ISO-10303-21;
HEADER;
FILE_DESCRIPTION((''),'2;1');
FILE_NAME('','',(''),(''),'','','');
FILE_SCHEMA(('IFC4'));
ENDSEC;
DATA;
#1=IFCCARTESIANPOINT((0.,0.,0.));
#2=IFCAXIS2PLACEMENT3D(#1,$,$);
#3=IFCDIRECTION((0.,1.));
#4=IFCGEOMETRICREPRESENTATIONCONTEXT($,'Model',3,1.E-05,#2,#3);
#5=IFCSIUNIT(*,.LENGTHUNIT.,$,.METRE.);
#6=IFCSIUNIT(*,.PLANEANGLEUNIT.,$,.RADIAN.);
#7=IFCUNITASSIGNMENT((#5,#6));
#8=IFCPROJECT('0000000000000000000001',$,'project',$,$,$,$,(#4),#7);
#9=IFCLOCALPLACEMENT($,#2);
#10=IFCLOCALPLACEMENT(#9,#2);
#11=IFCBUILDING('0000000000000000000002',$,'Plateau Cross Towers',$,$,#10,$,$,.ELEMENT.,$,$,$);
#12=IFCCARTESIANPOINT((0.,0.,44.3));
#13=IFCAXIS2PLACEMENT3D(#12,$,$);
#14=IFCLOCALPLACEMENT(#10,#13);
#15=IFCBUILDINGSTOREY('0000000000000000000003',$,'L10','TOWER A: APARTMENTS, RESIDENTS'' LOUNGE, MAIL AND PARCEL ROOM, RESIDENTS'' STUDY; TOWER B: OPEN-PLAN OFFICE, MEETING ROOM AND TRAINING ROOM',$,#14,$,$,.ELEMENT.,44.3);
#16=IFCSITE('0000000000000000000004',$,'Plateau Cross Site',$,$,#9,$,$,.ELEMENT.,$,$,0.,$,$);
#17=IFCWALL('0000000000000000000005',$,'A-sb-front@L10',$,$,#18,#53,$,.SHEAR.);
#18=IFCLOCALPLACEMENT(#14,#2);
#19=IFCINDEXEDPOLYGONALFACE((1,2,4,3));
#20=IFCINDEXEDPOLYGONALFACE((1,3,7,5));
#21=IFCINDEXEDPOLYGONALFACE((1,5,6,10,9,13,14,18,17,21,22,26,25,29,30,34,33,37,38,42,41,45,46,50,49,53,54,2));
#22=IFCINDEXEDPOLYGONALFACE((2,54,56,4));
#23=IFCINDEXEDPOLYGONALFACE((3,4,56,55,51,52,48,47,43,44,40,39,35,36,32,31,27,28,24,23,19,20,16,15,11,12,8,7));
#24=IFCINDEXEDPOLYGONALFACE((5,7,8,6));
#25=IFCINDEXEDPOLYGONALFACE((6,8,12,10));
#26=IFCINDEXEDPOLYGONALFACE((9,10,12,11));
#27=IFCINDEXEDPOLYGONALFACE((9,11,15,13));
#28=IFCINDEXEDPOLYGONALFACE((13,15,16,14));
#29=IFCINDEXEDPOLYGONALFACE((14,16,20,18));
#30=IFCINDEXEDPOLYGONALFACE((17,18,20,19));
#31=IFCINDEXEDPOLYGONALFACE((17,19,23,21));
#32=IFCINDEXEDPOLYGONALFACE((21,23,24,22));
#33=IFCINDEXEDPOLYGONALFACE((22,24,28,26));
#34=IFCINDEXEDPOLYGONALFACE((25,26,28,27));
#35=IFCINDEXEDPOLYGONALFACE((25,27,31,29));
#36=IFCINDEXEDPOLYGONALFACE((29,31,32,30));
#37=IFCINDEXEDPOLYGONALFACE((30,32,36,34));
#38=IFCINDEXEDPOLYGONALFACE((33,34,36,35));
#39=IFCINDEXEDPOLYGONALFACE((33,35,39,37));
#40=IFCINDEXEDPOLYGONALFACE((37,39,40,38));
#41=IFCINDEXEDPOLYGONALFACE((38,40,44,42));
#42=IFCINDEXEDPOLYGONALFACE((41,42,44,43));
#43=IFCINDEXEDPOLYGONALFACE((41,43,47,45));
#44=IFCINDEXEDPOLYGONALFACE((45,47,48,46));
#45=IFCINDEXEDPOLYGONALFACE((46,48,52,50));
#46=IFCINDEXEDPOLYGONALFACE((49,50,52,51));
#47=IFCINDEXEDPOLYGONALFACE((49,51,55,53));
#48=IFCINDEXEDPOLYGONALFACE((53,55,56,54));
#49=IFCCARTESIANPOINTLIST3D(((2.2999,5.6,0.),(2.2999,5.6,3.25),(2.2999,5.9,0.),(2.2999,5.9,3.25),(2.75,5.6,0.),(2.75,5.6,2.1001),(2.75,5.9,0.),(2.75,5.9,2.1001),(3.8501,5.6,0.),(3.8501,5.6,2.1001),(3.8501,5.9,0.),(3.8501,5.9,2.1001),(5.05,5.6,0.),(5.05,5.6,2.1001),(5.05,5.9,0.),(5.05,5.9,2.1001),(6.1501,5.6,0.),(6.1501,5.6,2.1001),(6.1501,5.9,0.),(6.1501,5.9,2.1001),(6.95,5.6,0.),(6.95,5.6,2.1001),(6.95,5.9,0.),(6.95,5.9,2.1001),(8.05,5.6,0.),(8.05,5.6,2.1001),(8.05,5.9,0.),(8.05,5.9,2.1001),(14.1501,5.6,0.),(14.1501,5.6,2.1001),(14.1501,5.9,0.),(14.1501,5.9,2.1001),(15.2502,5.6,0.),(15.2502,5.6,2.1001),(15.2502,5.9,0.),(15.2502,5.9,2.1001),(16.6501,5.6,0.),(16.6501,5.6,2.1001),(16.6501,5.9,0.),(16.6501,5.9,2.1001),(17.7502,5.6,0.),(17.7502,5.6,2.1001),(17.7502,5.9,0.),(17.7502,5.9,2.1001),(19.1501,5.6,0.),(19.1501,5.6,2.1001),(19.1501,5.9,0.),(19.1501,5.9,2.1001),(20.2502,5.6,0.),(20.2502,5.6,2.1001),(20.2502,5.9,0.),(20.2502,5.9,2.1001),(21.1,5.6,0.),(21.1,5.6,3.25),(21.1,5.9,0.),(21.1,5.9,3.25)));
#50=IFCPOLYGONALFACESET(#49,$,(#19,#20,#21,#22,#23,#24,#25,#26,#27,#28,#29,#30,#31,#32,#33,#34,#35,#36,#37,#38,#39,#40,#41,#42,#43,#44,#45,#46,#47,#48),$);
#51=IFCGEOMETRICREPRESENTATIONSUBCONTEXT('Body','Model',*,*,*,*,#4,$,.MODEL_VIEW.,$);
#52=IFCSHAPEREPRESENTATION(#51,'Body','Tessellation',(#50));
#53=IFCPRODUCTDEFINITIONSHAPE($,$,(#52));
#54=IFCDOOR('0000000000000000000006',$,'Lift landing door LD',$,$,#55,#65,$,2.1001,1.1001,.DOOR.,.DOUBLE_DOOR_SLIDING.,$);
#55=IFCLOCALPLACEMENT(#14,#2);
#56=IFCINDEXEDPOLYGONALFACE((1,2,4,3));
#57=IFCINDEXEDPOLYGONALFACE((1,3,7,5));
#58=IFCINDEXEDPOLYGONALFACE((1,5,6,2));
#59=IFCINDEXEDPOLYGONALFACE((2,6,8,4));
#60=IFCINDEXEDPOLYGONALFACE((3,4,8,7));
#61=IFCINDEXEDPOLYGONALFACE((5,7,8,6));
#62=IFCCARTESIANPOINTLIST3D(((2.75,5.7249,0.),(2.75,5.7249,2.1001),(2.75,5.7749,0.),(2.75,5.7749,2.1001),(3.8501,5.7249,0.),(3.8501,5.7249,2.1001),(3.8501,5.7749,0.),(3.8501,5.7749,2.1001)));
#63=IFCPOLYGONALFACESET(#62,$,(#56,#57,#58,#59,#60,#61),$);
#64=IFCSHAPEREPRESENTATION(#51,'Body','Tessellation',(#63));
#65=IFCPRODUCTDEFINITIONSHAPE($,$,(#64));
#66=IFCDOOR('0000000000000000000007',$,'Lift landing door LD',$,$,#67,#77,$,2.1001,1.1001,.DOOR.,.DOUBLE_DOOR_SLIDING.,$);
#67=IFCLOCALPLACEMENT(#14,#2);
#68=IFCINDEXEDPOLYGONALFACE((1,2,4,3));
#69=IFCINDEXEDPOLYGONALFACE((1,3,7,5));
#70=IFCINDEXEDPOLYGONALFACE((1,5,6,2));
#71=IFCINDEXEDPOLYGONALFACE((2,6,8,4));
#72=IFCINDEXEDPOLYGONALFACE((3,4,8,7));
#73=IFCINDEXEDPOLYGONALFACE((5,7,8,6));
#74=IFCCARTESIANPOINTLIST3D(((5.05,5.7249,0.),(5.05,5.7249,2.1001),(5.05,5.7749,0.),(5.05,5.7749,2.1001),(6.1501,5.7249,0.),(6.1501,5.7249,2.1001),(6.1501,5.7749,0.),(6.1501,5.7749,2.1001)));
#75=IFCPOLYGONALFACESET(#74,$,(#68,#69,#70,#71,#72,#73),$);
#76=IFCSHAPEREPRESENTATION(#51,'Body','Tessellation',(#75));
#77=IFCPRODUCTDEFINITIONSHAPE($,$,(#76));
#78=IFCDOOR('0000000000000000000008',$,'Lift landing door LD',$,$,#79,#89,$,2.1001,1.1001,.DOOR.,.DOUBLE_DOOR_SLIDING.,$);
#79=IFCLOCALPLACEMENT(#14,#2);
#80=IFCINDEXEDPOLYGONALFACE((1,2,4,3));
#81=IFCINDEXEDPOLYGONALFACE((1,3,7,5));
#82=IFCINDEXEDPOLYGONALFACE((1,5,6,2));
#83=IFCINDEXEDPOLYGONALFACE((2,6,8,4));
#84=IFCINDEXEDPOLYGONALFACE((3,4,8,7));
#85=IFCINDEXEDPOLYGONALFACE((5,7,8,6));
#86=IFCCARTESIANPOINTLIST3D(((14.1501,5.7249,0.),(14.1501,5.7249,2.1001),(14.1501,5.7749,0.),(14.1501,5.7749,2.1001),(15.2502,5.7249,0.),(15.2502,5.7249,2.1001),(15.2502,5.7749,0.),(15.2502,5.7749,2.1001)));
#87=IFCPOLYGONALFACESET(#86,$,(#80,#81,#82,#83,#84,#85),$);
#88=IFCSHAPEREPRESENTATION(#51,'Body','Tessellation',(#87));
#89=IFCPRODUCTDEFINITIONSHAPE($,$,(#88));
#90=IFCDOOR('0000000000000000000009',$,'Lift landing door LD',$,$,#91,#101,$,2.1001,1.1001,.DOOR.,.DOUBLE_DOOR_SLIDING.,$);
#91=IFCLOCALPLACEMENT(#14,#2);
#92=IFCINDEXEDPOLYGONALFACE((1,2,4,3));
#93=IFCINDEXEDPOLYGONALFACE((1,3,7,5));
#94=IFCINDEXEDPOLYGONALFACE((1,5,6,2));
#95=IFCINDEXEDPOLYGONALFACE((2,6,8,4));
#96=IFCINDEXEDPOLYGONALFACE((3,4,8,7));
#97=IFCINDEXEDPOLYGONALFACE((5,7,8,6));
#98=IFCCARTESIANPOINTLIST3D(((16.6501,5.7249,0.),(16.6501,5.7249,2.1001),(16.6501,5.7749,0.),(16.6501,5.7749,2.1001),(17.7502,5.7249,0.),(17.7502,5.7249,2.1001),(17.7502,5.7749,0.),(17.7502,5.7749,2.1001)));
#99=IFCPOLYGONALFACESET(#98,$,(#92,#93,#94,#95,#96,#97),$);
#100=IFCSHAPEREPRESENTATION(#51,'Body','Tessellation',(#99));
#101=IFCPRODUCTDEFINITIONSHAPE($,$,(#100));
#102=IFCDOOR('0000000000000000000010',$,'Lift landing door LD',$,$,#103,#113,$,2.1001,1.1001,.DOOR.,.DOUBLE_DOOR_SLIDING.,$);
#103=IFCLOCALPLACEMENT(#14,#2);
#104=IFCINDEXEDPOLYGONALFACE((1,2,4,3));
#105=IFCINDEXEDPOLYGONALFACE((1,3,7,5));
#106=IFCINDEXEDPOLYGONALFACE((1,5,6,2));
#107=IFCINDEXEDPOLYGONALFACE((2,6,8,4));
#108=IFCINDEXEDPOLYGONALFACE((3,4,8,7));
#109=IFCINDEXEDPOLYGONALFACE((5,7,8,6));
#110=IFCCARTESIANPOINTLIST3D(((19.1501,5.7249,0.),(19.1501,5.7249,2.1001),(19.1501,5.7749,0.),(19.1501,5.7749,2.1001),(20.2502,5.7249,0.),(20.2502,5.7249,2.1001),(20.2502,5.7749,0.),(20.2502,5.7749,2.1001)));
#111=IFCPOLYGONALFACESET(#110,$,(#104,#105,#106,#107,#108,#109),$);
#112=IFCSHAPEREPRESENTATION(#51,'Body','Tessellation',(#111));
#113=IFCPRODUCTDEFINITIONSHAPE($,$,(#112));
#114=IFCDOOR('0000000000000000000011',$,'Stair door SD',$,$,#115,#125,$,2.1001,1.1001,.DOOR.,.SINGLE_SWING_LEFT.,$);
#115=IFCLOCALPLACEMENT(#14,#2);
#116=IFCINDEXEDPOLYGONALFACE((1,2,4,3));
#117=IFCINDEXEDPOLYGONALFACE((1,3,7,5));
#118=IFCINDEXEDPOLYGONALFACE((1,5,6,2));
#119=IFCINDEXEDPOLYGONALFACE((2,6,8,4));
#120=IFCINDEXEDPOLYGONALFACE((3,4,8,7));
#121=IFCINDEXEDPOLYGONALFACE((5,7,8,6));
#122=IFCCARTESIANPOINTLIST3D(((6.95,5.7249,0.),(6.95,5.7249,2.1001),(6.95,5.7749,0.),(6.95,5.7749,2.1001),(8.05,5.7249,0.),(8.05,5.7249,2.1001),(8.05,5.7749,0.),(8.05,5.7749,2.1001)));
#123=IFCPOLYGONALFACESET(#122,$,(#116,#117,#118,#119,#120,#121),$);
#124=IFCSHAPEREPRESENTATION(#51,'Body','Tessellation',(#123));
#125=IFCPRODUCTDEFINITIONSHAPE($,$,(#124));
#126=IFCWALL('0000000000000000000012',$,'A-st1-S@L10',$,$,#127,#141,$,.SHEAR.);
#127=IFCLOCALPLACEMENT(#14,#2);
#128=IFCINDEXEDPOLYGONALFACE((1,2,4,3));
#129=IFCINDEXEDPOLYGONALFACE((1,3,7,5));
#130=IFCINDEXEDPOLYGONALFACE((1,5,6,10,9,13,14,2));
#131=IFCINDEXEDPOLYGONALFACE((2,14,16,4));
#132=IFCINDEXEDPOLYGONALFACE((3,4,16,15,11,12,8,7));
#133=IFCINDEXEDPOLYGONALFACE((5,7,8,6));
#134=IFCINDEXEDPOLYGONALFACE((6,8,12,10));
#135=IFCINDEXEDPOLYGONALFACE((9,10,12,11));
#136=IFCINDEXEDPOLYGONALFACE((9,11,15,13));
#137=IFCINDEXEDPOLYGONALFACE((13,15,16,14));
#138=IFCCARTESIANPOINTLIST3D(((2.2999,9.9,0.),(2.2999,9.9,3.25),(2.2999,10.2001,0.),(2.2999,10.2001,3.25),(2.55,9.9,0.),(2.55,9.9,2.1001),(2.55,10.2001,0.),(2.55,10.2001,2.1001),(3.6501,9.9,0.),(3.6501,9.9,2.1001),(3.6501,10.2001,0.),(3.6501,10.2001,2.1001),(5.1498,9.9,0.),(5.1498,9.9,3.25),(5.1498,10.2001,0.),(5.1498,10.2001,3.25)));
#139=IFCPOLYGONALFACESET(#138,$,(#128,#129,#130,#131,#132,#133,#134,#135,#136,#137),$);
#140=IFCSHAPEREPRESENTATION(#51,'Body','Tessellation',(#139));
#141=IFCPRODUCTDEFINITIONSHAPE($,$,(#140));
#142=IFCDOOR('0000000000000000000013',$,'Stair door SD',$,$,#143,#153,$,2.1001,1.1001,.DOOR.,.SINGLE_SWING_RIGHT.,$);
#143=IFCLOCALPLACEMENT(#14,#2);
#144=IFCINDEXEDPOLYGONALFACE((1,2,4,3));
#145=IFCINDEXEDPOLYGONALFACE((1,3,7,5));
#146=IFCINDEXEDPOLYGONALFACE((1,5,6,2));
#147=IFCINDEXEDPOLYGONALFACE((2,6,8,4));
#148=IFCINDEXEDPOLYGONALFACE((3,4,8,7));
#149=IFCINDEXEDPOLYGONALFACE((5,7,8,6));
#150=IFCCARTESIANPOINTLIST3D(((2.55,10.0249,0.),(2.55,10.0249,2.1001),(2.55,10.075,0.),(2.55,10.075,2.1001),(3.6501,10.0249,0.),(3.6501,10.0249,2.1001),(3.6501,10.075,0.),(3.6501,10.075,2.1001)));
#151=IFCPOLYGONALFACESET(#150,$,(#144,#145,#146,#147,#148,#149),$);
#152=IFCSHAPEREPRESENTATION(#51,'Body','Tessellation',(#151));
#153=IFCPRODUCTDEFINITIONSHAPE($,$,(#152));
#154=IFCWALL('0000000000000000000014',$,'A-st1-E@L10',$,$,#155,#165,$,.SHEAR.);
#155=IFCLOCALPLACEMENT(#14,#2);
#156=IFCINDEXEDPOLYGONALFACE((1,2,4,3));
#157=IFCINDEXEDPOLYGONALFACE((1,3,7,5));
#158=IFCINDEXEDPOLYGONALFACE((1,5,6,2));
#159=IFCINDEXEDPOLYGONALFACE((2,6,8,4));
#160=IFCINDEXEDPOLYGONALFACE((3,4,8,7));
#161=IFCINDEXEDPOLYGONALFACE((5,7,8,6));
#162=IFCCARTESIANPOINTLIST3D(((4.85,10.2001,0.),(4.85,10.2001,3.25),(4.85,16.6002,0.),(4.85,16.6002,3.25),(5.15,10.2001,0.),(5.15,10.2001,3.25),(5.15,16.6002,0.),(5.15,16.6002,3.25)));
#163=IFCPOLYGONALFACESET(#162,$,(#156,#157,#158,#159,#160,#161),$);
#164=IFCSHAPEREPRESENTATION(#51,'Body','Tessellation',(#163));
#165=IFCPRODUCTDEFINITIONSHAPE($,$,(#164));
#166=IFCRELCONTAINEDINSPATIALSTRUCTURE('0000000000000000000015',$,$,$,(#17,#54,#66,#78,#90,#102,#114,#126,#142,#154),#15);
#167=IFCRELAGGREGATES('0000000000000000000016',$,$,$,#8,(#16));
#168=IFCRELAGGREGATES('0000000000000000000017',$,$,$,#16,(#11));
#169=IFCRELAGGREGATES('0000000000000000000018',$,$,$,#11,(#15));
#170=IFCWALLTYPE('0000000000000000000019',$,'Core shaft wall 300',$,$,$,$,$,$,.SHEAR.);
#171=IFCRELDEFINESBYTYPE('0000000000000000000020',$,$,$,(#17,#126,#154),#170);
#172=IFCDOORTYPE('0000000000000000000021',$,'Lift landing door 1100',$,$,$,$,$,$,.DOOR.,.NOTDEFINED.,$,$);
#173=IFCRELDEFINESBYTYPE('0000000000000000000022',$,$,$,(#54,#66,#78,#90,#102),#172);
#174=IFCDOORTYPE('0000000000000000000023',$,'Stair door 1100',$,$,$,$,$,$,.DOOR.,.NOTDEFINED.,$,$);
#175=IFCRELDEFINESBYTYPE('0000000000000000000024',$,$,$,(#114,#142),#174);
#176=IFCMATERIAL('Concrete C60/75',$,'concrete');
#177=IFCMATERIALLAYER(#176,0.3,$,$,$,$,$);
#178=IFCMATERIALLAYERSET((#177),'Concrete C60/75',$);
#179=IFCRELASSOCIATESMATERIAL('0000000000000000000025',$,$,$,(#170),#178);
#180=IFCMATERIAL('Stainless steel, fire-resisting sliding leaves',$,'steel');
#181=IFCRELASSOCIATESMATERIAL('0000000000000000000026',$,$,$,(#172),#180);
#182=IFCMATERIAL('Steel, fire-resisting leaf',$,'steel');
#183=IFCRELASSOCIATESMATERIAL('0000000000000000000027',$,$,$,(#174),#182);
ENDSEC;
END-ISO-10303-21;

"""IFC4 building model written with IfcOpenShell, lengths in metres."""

from ifc_helpers import new_model, si_unit, direction, frame, frame_2d, origin, place, context, subcontext, project, spatial, rectangle, extrude, material, layer, layer_set, type_object, element, fill, save


model = new_model("IFC4")

# Units and contexts
model_context = context("Model", 3, precision=1e-05, world=origin(), true_north=direction((0.0, 1.0)))
body_context = subcontext(model_context, "Body", "Model", "MODEL_VIEW")
ifc_project = project(units=[si_unit("LENGTHUNIT", "METRE"), si_unit("PLANEANGLEUNIT", "RADIAN")], contexts=[model_context])

# Site, building, storey
site_placement = place(None, origin())
site = spatial("IfcSite", under=ifc_project, at=site_placement, Name="Plateau Cross Site", CompositionType="ELEMENT", RefElevation=0.0)
building_placement = place(site_placement, origin())
building = spatial("IfcBuilding", under=site, at=building_placement, Name="Plateau Cross Towers", CompositionType="ELEMENT")
storey_placement = place(building_placement, frame((0.0, 0.0, 44.3)))
storey = spatial("IfcBuildingStorey", under=building, at=storey_placement, Name="L10", Description="TOWER A: APARTMENTS, RESIDENTS' LOUNGE, MAIL AND PARCEL ROOM, RESIDENTS' STUDY; TOWER B: OPEN-PLAN OFFICE, MEETING ROOM AND TRAINING ROOM", CompositionType="ELEMENT", Elevation=44.3)

# Shared definitions
ifc_material_1 = material(Name="Steel, fire-resisting leaf", Category="steel")

# Shared definitions
ifc_material_2 = material(Name="Concrete C60/75", Category="concrete")
ifc_layer_1 = layer(ifc_material_2, 0.3)
ifc_layer_set_1 = layer_set([ifc_layer_1], Name="Concrete C60/75")
wall_type_1 = type_object("IfcWallType", Name="Core shaft wall 300", PredefinedType="SHEAR", material=ifc_layer_set_1)

# Wall, openings, doors
wall_1_placement = place(storey_placement, frame((2.3, 5.75, 0.0), z_axis=(0.0, 0.0, 1.0), x_axis=(1.0, 0.0, 0.0)))
wall_1 = element("IfcWall", 1, at=wall_1_placement, inside=storey, type_object=wall_type_1, Name="A-sb-front@L10", PredefinedType="SHEAR", context=body_context, shape_type="SweptSolid", body=[
    extrude(rectangle(XDim=18.8, YDim=0.3, at=frame_2d((9.3999, 0.0))), origin(), (0.0, 0.0, 1.0), 3.25),
])
opening_1_placement = place(wall_1_placement, frame((4.6499, 0.0, 0.0)))
opening_1 = element("IfcOpeningElement", 2, at=opening_1_placement, cuts=wall_1, PredefinedType="OPENING", context=body_context, shape_type="SweptSolid", body=[
    extrude(rectangle(XDim=1.1001, YDim=2.1001, at=frame_2d((0.55, 1.05))), frame((0.0, 0.1599, 0.0), z_axis=(0.0, -1.0, 0.0), x_axis=(1.0, 0.0, 0.0)), (0.0, 0.0, 1.0), 0.3201),
])
opening_2_placement = place(wall_1_placement, frame((0.45, 0.0, 0.0)))
opening_2 = element("IfcOpeningElement", 3, at=opening_2_placement, cuts=wall_1, PredefinedType="OPENING", context=body_context, shape_type="SweptSolid", body=[
    extrude(rectangle(XDim=1.1001, YDim=2.1001, at=frame_2d((0.55, 1.05))), frame((0.0, 0.1599, 0.0), z_axis=(0.0, -1.0, 0.0), x_axis=(1.0, 0.0, 0.0)), (0.0, 0.0, 1.0), 0.3201),
])
opening_3_placement = place(wall_1_placement, frame((2.75, 0.0, 0.0)))
opening_3 = element("IfcOpeningElement", 4, at=opening_3_placement, cuts=wall_1, PredefinedType="OPENING", context=body_context, shape_type="SweptSolid", body=[
    extrude(rectangle(XDim=1.1001, YDim=2.1001, at=frame_2d((0.55, 1.05))), frame((0.0, 0.1599, 0.0), z_axis=(0.0, -1.0, 0.0), x_axis=(1.0, 0.0, 0.0)), (0.0, 0.0, 1.0), 0.3201),
])
opening_4_placement = place(wall_1_placement, frame((11.8501, 0.0, 0.0)))
opening_4 = element("IfcOpeningElement", 5, at=opening_4_placement, cuts=wall_1, PredefinedType="OPENING", context=body_context, shape_type="SweptSolid", body=[
    extrude(rectangle(XDim=1.1001, YDim=2.1001, at=frame_2d((0.55, 1.05))), frame((0.0, 0.1599, 0.0), z_axis=(0.0, -1.0, 0.0), x_axis=(1.0, 0.0, 0.0)), (0.0, 0.0, 1.0), 0.3201),
])
opening_5_placement = place(wall_1_placement, frame((14.3501, 0.0, 0.0)))
opening_5 = element("IfcOpeningElement", 6, at=opening_5_placement, cuts=wall_1, PredefinedType="OPENING", context=body_context, shape_type="SweptSolid", body=[
    extrude(rectangle(XDim=1.1001, YDim=2.1001, at=frame_2d((0.55, 1.05))), frame((0.0, 0.1599, 0.0), z_axis=(0.0, -1.0, 0.0), x_axis=(1.0, 0.0, 0.0)), (0.0, 0.0, 1.0), 0.3201),
])
opening_6_placement = place(wall_1_placement, frame((16.8501, 0.0, 0.0)))
opening_6 = element("IfcOpeningElement", 7, at=opening_6_placement, cuts=wall_1, PredefinedType="OPENING", context=body_context, shape_type="SweptSolid", body=[
    extrude(rectangle(XDim=1.1001, YDim=2.1001, at=frame_2d((0.55, 1.05))), frame((0.0, 0.1599, 0.0), z_axis=(0.0, -1.0, 0.0), x_axis=(1.0, 0.0, 0.0)), (0.0, 0.0, 1.0), 0.3201),
])
ifc_material_3 = material(Name="Stainless steel, fire-resisting sliding leaves", Category="steel")
door_type_1 = type_object("IfcDoorType", Name="Lift landing door 1100", OperationType="NOTDEFINED", PredefinedType="DOOR", material=ifc_material_3)
door_1_placement = place(opening_2_placement, origin())
door_1 = element("IfcDoor", 8, at=door_1_placement, inside=storey, type_object=door_type_1, Name="Lift landing door LD", OperationType="DOUBLE_DOOR_SLIDING", OverallHeight=2.1001, OverallWidth=1.1001, PredefinedType="DOOR", context=body_context, shape_type="SweptSolid", body=[
    extrude(rectangle(XDim=1.1001, YDim=2.1001, at=frame_2d((0.55, 1.05))), frame((0.0, 0.0249, 0.0), z_axis=(0.0, -1.0, 0.0), x_axis=(1.0, 0.0, 0.0)), (0.0, 0.0, 1.0), 0.05),
])
fill(opening_2, door_1)
door_2_placement = place(opening_3_placement, origin())
door_2 = element("IfcDoor", 9, at=door_2_placement, inside=storey, type_object=door_type_1, Name="Lift landing door LD", OperationType="DOUBLE_DOOR_SLIDING", OverallHeight=2.1001, OverallWidth=1.1001, PredefinedType="DOOR", context=body_context, shape_type="SweptSolid", body=[
    extrude(rectangle(XDim=1.1001, YDim=2.1001, at=frame_2d((0.55, 1.05))), frame((0.0, 0.0249, 0.0), z_axis=(0.0, -1.0, 0.0), x_axis=(1.0, 0.0, 0.0)), (0.0, 0.0, 1.0), 0.05),
])
fill(opening_3, door_2)
door_3_placement = place(opening_4_placement, origin())
door_3 = element("IfcDoor", 10, at=door_3_placement, inside=storey, type_object=door_type_1, Name="Lift landing door LD", OperationType="DOUBLE_DOOR_SLIDING", OverallHeight=2.1001, OverallWidth=1.1001, PredefinedType="DOOR", context=body_context, shape_type="SweptSolid", body=[
    extrude(rectangle(XDim=1.1001, YDim=2.1001, at=frame_2d((0.55, 1.05))), frame((0.0, 0.0249, 0.0), z_axis=(0.0, -1.0, 0.0), x_axis=(1.0, 0.0, 0.0)), (0.0, 0.0, 1.0), 0.05),
])
fill(opening_4, door_3)
door_4_placement = place(opening_5_placement, origin())
door_4 = element("IfcDoor", 11, at=door_4_placement, inside=storey, type_object=door_type_1, Name="Lift landing door LD", OperationType="DOUBLE_DOOR_SLIDING", OverallHeight=2.1001, OverallWidth=1.1001, PredefinedType="DOOR", context=body_context, shape_type="SweptSolid", body=[
    extrude(rectangle(XDim=1.1001, YDim=2.1001, at=frame_2d((0.55, 1.05))), frame((0.0, 0.0249, 0.0), z_axis=(0.0, -1.0, 0.0), x_axis=(1.0, 0.0, 0.0)), (0.0, 0.0, 1.0), 0.05),
])
fill(opening_5, door_4)
door_5_placement = place(opening_6_placement, origin())
door_5 = element("IfcDoor", 12, at=door_5_placement, inside=storey, type_object=door_type_1, Name="Lift landing door LD", OperationType="DOUBLE_DOOR_SLIDING", OverallHeight=2.1001, OverallWidth=1.1001, PredefinedType="DOOR", context=body_context, shape_type="SweptSolid", body=[
    extrude(rectangle(XDim=1.1001, YDim=2.1001, at=frame_2d((0.55, 1.05))), frame((0.0, 0.0249, 0.0), z_axis=(0.0, -1.0, 0.0), x_axis=(1.0, 0.0, 0.0)), (0.0, 0.0, 1.0), 0.05),
])
fill(opening_6, door_5)
door_type_2 = type_object("IfcDoorType", Name="Stair door 1100", OperationType="NOTDEFINED", PredefinedType="DOOR", material=ifc_material_1)
door_6_placement = place(opening_1_placement, origin())
door_6 = element("IfcDoor", 13, at=door_6_placement, inside=storey, type_object=door_type_2, Name="Stair door SD", OperationType="SINGLE_SWING_LEFT", OverallHeight=2.1001, OverallWidth=1.1001, PredefinedType="DOOR", context=body_context, shape_type="SweptSolid", body=[
    extrude(rectangle(XDim=1.1001, YDim=2.1001, at=frame_2d((0.55, 1.05))), frame((0.0, 0.0249, 0.0), z_axis=(0.0, -1.0, 0.0), x_axis=(1.0, 0.0, 0.0)), (0.0, 0.0, 1.0), 0.05),
])
fill(opening_1, door_6)

# Wall, opening, door
wall_2_placement = place(storey_placement, frame((2.3, 10.05, 0.0), z_axis=(0.0, 0.0, 1.0), x_axis=(1.0, 0.0, 0.0)))
wall_2 = element("IfcWall", 14, at=wall_2_placement, inside=storey, type_object=wall_type_1, Name="A-st1-S@L10", PredefinedType="SHEAR", context=body_context, shape_type="SweptSolid", body=[
    extrude(rectangle(XDim=2.8499, YDim=0.3, at=frame_2d((1.4248, 0.0))), origin(), (0.0, 0.0, 1.0), 3.25),
])
opening_7_placement = place(wall_2_placement, frame((0.25, 0.0, 0.0)))
opening_7 = element("IfcOpeningElement", 15, at=opening_7_placement, cuts=wall_2, PredefinedType="OPENING", context=body_context, shape_type="SweptSolid", body=[
    extrude(rectangle(XDim=1.1001, YDim=2.1001, at=frame_2d((0.55, 1.05))), frame((0.0, 0.1599, 0.0), z_axis=(0.0, -1.0, 0.0), x_axis=(1.0, 0.0, 0.0)), (0.0, 0.0, 1.0), 0.3201),
])
door_7_placement = place(opening_7_placement, origin())
door_7 = element("IfcDoor", 16, at=door_7_placement, inside=storey, type_object=door_type_2, Name="Stair door SD", OperationType="SINGLE_SWING_RIGHT", OverallHeight=2.1001, OverallWidth=1.1001, PredefinedType="DOOR", context=body_context, shape_type="SweptSolid", body=[
    extrude(rectangle(XDim=1.1001, YDim=2.1001, at=frame_2d((0.55, 1.05))), frame((0.0, 0.0249, 0.0), z_axis=(0.0, -1.0, 0.0), x_axis=(1.0, 0.0, 0.0)), (0.0, 0.0, 1.0), 0.05),
])
fill(opening_7, door_7)

# Wall
wall_3_placement = place(storey_placement, frame((5.0, 10.2, 0.0), z_axis=(0.0, 0.0, 1.0), x_axis=(0.0, 1.0, 0.0)))
element("IfcWall", 17, at=wall_3_placement, inside=storey, type_object=wall_type_1, Name="A-st1-E@L10", PredefinedType="SHEAR", context=body_context, shape_type="SweptSolid", body=[
    extrude(rectangle(XDim=6.4001, YDim=0.3, at=frame_2d((3.2002, 0.0))), origin(), (0.0, 0.0, 1.0), 3.25),
])

save(model, "model.ifc")
